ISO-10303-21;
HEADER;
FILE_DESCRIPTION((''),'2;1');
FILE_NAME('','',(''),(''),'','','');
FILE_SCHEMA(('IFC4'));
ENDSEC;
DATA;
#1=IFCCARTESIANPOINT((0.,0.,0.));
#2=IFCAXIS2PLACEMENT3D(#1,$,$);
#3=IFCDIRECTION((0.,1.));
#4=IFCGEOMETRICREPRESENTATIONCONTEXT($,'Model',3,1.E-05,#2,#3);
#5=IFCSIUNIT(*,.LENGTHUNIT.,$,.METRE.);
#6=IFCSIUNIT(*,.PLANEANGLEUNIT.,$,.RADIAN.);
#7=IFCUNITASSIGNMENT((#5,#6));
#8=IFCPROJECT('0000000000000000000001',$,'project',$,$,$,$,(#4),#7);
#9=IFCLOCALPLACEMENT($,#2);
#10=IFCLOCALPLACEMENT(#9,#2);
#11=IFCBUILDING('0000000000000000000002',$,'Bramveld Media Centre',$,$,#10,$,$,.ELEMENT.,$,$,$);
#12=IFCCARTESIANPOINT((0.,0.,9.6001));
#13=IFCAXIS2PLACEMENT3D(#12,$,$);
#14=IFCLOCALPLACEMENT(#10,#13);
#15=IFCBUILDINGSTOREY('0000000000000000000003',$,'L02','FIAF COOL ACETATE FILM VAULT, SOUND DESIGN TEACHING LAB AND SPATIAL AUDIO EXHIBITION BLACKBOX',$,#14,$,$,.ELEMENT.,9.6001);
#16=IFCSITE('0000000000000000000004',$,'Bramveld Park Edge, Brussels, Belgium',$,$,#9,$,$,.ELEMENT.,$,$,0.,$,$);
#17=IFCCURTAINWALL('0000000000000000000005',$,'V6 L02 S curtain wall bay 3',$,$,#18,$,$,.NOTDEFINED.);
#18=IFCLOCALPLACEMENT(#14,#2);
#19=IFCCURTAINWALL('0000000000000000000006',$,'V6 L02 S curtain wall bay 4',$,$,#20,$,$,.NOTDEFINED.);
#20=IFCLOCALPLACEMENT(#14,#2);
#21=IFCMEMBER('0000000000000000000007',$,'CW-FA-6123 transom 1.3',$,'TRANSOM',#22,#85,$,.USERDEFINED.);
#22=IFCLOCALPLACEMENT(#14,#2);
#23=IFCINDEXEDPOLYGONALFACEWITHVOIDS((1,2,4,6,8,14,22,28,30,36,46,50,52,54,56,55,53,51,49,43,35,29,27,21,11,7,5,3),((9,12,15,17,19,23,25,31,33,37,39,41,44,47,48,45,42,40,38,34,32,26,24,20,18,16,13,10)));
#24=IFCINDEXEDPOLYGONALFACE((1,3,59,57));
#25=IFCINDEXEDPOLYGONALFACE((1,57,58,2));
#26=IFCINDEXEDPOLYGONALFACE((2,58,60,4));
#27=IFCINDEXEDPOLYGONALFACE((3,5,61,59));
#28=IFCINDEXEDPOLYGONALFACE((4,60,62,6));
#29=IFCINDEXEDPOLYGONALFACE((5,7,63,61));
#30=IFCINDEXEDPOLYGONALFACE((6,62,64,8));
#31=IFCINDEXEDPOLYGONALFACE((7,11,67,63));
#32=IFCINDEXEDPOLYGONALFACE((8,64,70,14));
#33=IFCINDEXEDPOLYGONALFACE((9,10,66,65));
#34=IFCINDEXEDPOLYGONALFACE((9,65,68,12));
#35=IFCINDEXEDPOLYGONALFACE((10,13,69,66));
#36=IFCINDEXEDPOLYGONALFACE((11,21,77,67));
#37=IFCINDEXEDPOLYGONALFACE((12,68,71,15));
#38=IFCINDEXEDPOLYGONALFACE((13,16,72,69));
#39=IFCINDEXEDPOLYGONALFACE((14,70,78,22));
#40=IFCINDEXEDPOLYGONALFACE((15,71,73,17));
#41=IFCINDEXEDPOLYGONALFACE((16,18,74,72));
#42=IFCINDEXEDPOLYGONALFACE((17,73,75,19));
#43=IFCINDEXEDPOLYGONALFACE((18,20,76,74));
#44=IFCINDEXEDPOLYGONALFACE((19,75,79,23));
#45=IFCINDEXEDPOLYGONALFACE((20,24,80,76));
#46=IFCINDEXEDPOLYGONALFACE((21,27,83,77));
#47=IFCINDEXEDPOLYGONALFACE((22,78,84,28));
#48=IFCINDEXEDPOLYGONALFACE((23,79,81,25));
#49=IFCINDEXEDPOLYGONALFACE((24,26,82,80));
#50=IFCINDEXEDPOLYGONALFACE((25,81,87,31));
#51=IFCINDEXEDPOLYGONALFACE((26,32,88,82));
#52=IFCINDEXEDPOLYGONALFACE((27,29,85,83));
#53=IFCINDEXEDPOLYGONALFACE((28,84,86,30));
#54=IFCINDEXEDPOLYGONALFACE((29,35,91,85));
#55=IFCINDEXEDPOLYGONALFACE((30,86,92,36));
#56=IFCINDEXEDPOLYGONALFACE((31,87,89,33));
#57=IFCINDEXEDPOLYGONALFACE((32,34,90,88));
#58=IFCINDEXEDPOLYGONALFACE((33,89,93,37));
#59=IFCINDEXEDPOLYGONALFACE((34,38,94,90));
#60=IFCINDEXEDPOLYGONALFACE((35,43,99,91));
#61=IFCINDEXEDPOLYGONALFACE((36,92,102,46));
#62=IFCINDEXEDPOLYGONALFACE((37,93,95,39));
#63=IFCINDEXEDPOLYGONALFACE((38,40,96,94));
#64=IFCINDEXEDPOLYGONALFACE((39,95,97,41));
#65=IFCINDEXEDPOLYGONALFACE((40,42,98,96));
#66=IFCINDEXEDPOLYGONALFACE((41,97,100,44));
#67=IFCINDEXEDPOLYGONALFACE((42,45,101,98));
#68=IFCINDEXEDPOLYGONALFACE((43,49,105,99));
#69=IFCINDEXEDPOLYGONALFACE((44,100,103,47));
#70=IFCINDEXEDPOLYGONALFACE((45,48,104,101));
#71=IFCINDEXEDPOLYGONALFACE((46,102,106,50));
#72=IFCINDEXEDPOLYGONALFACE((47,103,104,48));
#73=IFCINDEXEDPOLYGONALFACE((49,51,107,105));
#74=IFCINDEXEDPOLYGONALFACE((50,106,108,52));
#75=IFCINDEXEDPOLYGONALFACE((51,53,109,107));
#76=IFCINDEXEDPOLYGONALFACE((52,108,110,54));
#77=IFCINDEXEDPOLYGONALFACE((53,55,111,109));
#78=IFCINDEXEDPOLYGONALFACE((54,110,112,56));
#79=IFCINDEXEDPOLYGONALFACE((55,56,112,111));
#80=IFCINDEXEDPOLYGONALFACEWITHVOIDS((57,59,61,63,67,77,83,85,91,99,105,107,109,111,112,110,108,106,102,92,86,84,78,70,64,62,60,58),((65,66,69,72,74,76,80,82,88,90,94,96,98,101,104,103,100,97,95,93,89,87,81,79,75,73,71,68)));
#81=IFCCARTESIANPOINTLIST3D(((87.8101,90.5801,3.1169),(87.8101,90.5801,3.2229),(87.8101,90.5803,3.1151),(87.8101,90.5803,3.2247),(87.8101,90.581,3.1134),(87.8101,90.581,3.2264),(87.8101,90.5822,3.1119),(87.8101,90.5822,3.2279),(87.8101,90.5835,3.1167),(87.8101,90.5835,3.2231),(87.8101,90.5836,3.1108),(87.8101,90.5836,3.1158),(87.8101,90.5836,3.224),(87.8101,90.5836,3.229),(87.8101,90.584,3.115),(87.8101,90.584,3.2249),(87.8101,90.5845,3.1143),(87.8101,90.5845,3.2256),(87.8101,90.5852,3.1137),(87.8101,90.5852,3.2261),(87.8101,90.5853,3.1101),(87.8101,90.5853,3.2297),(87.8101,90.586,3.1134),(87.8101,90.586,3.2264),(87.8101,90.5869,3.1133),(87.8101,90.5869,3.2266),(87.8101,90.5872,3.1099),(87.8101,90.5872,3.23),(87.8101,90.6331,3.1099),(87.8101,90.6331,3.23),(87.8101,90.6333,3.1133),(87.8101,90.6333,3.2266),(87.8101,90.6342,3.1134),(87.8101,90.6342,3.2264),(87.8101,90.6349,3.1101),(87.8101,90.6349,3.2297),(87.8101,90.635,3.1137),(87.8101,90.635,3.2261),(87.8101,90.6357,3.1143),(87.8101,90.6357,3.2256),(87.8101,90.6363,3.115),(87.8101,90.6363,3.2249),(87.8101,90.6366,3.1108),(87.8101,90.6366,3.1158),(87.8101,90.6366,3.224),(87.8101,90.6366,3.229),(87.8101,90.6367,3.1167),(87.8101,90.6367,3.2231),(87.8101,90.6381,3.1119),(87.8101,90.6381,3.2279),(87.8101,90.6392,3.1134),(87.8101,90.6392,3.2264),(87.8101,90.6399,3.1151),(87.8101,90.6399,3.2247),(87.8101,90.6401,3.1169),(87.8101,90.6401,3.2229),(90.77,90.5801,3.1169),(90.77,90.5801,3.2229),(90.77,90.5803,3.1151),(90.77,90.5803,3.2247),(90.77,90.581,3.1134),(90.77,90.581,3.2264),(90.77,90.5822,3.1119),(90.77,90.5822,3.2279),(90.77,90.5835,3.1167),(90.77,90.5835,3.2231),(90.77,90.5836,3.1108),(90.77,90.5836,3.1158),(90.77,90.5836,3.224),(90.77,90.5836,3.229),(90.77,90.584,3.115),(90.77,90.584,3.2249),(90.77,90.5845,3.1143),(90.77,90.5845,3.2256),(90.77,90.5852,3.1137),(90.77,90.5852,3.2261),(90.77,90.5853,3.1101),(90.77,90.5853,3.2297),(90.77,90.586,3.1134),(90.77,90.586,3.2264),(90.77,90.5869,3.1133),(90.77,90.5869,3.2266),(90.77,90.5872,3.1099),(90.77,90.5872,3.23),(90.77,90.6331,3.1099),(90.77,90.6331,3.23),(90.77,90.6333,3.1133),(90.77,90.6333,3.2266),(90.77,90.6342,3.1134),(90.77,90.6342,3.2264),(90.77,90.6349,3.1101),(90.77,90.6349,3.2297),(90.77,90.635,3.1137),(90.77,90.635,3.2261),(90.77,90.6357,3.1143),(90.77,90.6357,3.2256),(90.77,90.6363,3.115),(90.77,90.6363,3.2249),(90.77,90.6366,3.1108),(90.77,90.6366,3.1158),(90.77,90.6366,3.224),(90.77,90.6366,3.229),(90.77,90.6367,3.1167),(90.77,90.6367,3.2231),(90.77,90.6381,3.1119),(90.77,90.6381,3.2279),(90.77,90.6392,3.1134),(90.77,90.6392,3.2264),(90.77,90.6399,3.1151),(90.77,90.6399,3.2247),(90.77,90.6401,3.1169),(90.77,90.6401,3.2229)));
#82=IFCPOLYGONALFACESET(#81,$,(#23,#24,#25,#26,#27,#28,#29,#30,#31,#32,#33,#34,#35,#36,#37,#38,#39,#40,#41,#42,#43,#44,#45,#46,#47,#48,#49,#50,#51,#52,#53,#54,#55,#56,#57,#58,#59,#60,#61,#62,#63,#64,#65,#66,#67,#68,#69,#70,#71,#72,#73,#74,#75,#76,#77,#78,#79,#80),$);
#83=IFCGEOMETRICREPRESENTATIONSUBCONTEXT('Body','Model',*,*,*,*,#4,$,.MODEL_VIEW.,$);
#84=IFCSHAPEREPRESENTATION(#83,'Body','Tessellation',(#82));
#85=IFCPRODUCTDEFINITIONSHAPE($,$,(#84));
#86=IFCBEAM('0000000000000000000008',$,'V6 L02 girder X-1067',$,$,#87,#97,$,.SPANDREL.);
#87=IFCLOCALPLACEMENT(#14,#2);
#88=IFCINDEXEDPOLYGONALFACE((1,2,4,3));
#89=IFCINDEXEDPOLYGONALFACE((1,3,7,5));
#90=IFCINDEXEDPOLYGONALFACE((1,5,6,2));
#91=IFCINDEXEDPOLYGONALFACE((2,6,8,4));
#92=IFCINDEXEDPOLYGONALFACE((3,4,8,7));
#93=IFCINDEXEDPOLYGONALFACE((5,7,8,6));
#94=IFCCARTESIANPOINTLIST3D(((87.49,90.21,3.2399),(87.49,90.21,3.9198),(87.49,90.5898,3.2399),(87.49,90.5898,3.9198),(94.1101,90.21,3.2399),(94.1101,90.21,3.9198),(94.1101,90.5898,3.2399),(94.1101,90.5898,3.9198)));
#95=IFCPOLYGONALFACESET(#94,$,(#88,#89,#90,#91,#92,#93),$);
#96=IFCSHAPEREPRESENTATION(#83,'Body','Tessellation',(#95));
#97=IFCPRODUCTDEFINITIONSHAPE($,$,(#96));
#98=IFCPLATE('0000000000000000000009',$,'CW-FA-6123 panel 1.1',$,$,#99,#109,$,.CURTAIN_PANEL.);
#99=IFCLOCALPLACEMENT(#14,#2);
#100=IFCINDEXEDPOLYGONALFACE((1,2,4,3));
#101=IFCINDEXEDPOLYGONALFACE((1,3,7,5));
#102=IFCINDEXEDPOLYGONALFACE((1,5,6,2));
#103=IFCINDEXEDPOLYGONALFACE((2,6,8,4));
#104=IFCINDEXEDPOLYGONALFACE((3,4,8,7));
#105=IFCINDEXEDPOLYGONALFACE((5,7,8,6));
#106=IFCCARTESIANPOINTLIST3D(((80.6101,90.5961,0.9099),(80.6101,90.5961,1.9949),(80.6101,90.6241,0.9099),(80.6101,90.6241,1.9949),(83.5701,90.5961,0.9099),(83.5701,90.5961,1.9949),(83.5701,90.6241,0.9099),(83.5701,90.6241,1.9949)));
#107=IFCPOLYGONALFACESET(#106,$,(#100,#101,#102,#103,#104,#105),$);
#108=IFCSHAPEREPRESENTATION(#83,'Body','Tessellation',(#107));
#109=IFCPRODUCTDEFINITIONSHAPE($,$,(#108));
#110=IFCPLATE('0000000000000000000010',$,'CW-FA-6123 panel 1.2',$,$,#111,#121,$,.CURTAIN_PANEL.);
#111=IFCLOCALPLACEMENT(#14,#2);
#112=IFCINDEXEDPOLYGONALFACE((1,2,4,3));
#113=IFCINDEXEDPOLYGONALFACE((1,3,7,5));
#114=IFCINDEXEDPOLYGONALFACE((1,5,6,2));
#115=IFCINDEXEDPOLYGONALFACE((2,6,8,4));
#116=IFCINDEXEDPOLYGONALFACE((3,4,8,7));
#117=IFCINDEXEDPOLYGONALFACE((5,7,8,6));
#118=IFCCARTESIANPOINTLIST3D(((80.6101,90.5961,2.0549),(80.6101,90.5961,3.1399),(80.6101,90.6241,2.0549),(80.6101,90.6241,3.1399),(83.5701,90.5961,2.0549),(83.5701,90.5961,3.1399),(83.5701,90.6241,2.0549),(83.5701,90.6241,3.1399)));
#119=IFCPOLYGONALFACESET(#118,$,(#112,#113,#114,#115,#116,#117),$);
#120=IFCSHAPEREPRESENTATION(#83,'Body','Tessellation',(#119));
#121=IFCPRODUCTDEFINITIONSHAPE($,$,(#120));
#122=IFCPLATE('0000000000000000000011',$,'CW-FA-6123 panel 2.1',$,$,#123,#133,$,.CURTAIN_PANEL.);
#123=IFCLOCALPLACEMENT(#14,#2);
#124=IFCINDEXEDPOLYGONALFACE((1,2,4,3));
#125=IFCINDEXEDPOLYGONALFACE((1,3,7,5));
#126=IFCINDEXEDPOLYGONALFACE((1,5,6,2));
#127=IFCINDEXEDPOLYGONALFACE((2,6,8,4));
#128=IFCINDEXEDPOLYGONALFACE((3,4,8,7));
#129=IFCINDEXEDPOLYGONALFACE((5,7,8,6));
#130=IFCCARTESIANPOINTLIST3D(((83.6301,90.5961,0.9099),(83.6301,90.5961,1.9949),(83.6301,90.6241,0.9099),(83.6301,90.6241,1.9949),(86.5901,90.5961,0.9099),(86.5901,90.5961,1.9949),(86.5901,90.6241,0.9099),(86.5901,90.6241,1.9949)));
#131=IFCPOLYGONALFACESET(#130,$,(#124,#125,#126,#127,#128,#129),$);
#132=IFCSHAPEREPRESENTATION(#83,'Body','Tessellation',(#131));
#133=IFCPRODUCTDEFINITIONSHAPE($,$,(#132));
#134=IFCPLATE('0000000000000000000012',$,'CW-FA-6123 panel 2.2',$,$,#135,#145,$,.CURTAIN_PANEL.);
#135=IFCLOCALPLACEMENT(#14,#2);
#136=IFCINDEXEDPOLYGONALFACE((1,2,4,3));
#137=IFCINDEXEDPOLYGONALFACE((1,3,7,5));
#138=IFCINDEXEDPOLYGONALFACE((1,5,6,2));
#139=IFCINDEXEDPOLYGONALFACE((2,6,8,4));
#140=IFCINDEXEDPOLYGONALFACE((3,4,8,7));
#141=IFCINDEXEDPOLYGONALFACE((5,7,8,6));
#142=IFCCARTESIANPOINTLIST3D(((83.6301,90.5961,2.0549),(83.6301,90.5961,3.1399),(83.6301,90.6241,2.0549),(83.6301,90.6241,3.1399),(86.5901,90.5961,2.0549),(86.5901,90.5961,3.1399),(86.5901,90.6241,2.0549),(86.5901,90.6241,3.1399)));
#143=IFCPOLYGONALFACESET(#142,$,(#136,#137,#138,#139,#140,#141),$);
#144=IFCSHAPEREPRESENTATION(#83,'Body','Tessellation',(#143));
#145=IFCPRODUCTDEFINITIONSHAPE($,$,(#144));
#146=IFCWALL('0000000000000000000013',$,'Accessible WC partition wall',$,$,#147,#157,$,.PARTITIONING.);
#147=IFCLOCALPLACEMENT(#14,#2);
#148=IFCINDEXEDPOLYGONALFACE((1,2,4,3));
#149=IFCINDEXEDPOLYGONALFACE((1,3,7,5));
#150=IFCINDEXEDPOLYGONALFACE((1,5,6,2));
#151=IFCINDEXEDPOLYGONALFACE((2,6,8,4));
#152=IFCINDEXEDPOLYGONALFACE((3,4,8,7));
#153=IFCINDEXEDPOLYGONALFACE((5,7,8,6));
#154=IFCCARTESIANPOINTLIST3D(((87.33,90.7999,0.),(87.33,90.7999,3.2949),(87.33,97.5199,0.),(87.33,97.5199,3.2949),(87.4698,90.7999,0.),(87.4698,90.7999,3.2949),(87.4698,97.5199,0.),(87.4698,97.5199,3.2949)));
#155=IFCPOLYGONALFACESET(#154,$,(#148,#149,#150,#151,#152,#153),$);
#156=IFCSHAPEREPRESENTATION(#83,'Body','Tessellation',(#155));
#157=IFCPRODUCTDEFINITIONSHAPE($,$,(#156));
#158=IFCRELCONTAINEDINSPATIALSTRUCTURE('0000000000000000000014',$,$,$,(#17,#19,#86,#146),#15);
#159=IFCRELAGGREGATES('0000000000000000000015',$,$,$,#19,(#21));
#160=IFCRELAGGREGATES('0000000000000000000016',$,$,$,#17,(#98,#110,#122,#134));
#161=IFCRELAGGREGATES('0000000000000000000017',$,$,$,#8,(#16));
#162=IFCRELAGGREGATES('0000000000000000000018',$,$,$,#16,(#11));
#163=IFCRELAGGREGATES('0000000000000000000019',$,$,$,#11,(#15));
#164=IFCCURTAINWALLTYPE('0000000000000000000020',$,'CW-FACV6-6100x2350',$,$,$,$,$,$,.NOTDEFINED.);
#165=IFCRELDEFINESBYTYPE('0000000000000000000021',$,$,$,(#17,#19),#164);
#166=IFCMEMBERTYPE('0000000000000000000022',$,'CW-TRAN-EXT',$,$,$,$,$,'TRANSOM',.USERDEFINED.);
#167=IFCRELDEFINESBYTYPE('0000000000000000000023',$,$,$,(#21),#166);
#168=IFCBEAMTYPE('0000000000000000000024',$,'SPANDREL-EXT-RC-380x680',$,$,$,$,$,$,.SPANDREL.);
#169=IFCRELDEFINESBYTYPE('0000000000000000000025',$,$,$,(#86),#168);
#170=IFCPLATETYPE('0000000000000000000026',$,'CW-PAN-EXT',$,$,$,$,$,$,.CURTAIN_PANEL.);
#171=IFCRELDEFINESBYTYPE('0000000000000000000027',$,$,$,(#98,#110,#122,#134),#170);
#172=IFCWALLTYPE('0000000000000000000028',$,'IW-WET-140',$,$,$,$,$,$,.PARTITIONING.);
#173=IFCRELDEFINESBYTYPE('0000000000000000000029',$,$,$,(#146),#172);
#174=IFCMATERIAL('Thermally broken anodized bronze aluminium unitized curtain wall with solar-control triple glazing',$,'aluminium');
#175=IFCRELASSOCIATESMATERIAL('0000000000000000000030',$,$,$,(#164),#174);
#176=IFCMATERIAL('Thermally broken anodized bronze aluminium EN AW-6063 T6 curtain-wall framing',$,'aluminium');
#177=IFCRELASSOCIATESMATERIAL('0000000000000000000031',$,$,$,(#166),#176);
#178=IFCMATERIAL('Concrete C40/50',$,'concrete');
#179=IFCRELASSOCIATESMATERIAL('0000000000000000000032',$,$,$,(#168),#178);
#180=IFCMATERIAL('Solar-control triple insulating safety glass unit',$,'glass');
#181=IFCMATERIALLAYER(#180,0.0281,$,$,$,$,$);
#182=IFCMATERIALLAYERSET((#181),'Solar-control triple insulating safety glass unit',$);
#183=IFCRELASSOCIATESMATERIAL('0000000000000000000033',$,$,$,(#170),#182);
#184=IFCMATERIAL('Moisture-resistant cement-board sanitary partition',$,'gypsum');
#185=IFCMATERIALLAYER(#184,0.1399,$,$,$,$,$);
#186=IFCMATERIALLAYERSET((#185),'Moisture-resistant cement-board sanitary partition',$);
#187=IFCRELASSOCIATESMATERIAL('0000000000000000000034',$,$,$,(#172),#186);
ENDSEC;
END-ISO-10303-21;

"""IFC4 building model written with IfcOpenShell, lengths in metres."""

from ifc_helpers import new_model, si_unit, direction, frame, frame_2d, origin, origin_2d, place, context, subcontext, project, spatial, rectangle, hollow_rectangle, extrude, material, layer, layer_set, material_profile, profile_set, type_object, element, aggregate, save


model = new_model("IFC4")

# Units and contexts
model_context = context("Model", 3, precision=1e-05, world=origin(), true_north=direction((0.0, 1.0)))
body_context = subcontext(model_context, "Body", "Model", "MODEL_VIEW")
ifc_project = project(units=[si_unit("LENGTHUNIT", "METRE"), si_unit("PLANEANGLEUNIT", "RADIAN")], contexts=[model_context])

# Site, building, storey
site_placement = place(None, origin())
site = spatial("IfcSite", under=ifc_project, at=site_placement, Name="Bramveld Park Edge, Brussels, Belgium", CompositionType="ELEMENT", RefElevation=0.0)
building_placement = place(site_placement, origin())
building = spatial("IfcBuilding", under=site, at=building_placement, Name="Bramveld Media Centre", CompositionType="ELEMENT")
storey_placement = place(building_placement, frame((0.0, 0.0, 9.6001)))
storey = spatial("IfcBuildingStorey", under=building, at=storey_placement, Name="L02", Description="FIAF COOL ACETATE FILM VAULT, SOUND DESIGN TEACHING LAB AND SPATIAL AUDIO EXHIBITION BLACKBOX", CompositionType="ELEMENT", Elevation=9.6001)

# Curtain wall
ifc_material_1 = material(Name="Thermally broken anodized bronze aluminium unitized curtain wall with solar-control triple glazing", Category="aluminium")
curtain_wall_type = type_object("IfcCurtainWallType", Name="CW-FACV6-6100x2350", PredefinedType="NOTDEFINED", material=ifc_material_1)
curtain_wall_1_placement = place(storey_placement, origin())
curtain_wall_1 = element("IfcCurtainWall", 1, at=curtain_wall_1_placement, inside=storey, type_object=curtain_wall_type, Name="V6 L02 S curtain wall bay 3", PredefinedType="NOTDEFINED")

# Curtain wall
curtain_wall_2_placement = place(storey_placement, origin())
curtain_wall_2 = element("IfcCurtainWall", 2, at=curtain_wall_2_placement, inside=storey, type_object=curtain_wall_type, Name="V6 L02 S curtain wall bay 4", PredefinedType="NOTDEFINED")

# Member
ifc_material_2 = material(Name="Thermally broken anodized bronze aluminium EN AW-6063 T6 curtain-wall framing", Category="aluminium")
ifc_material_profile_1 = material_profile(ifc_material_2, hollow_rectangle(XDim=0.0601, YDim=0.1201, WallThickness=0.0034, InnerFilletRadius=0.0034, OuterFilletRadius=0.0071, at=origin_2d()), Name="AL-TRAN 60x120")
ifc_profile_set_1 = profile_set([ifc_material_profile_1], Name="Thermally broken anodized bronze aluminium EN AW-6063 T6 curtain-wall framing")
member_type_1 = type_object("IfcMemberType", Name="CW-TRAN-EXT", ElementType="TRANSOM", PredefinedType="USERDEFINED", material=ifc_profile_set_1)
member_1_placement = place(storey_placement, frame((87.8101, 90.6101, 3.1699), z_axis=(1.0, 0.0, 0.0), x_axis=(0.0, 1.0, 0.0)))
member_1 = element("IfcMember", 3, at=member_1_placement, type_object=member_type_1, Name="CW-FA-6123 transom 1.3", ObjectType="TRANSOM", PredefinedType="USERDEFINED", context=body_context, shape_type="SweptSolid", body=[
    extrude(hollow_rectangle(XDim=0.0601, YDim=0.1201, WallThickness=0.0034, InnerFilletRadius=0.0034, OuterFilletRadius=0.0071, at=origin_2d()), origin(), (0.0, 0.0, 1.0), 2.96),
])
aggregate(curtain_wall_2, [member_1])

# Beam
ifc_material_3 = material(Name="Concrete C40/50", Category="concrete")
ifc_material_profile_2 = material_profile(ifc_material_3, rectangle(XDim=0.3799, YDim=0.6799, at=origin_2d()), Name="RC 380x680")
ifc_profile_set_2 = profile_set([ifc_material_profile_2], Name="Concrete C40/50")
beam_type_1 = type_object("IfcBeamType", Name="SPANDREL-EXT-RC-380x680", PredefinedType="SPANDREL", material=ifc_profile_set_2)
beam_1_placement = place(storey_placement, frame((87.49, 90.3999, 3.5798), z_axis=(1.0, 0.0, 0.0), x_axis=(0.0, 1.0, 0.0)))
element("IfcBeam", 4, at=beam_1_placement, inside=storey, type_object=beam_type_1, Name="V6 L02 girder X-1067", PredefinedType="SPANDREL", context=body_context, shape_type="SweptSolid", body=[
    extrude(rectangle(XDim=0.3799, YDim=0.6799, at=origin_2d()), origin(), (0.0, 0.0, 1.0), 6.6201),
])

# Plates
ifc_material_4 = material(Name="Solar-control triple insulating safety glass unit", Category="glass")
ifc_layer_1 = layer(ifc_material_4, 0.0281)
ifc_layer_set_1 = layer_set([ifc_layer_1], Name="Solar-control triple insulating safety glass unit")
plate_type = type_object("IfcPlateType", Name="CW-PAN-EXT", PredefinedType="CURTAIN_PANEL", material=ifc_layer_set_1)
plate_1_placement = place(storey_placement, frame((82.0901, 90.6101, 0.9099), z_axis=(0.0, 0.0, 1.0), x_axis=(1.0, 0.0, 0.0)))
plate_1 = element("IfcPlate", 5, at=plate_1_placement, type_object=plate_type, Name="CW-FA-6123 panel 1.1", PredefinedType="CURTAIN_PANEL", context=body_context, shape_type="SweptSolid", body=[
    extrude(rectangle(XDim=2.96, YDim=0.0281, at=origin_2d()), origin(), (0.0, 0.0, 1.0), 1.085),
])
plate_2_placement = place(storey_placement, frame((82.0901, 90.6101, 2.0549), z_axis=(0.0, 0.0, 1.0), x_axis=(1.0, 0.0, 0.0)))
plate_2 = element("IfcPlate", 6, at=plate_2_placement, type_object=plate_type, Name="CW-FA-6123 panel 1.2", PredefinedType="CURTAIN_PANEL", context=body_context, shape_type="SweptSolid", body=[
    extrude(rectangle(XDim=2.96, YDim=0.0281, at=origin_2d()), origin(), (0.0, 0.0, 1.0), 1.085),
])
plate_3_placement = place(storey_placement, frame((85.1101, 90.6101, 0.9099), z_axis=(0.0, 0.0, 1.0), x_axis=(1.0, 0.0, 0.0)))
plate_3 = element("IfcPlate", 7, at=plate_3_placement, type_object=plate_type, Name="CW-FA-6123 panel 2.1", PredefinedType="CURTAIN_PANEL", context=body_context, shape_type="SweptSolid", body=[
    extrude(rectangle(XDim=2.96, YDim=0.0281, at=origin_2d()), origin(), (0.0, 0.0, 1.0), 1.085),
])
plate_4_placement = place(storey_placement, frame((85.1101, 90.6101, 2.0549), z_axis=(0.0, 0.0, 1.0), x_axis=(1.0, 0.0, 0.0)))
plate_4 = element("IfcPlate", 8, at=plate_4_placement, type_object=plate_type, Name="CW-FA-6123 panel 2.2", PredefinedType="CURTAIN_PANEL", context=body_context, shape_type="SweptSolid", body=[
    extrude(rectangle(XDim=2.96, YDim=0.0281, at=origin_2d()), origin(), (0.0, 0.0, 1.0), 1.085),
])
aggregate(curtain_wall_1, [plate_1, plate_2, plate_3, plate_4])

# Wall
ifc_material_5 = material(Name="Moisture-resistant cement-board sanitary partition", Category="gypsum")
ifc_layer_2 = layer(ifc_material_5, 0.1399)
ifc_layer_set_2 = layer_set([ifc_layer_2], Name="Moisture-resistant cement-board sanitary partition")
wall_type = type_object("IfcWallType", Name="IW-WET-140", PredefinedType="PARTITIONING", material=ifc_layer_set_2)
wall_placement = place(storey_placement, frame((87.3999, 90.8, 0.0), z_axis=(0.0, 0.0, 1.0), x_axis=(0.0, 1.0, 0.0)))
element("IfcWall", 9, at=wall_placement, inside=storey, type_object=wall_type, Name="Accessible WC partition wall", PredefinedType="PARTITIONING", context=body_context, shape_type="SweptSolid", body=[
    extrude(rectangle(XDim=6.72, YDim=0.1399, at=frame_2d((3.3599, 0.0))), origin(), (0.0, 0.0, 1.0), 3.2949),
])

save(model, "model.ifc")
